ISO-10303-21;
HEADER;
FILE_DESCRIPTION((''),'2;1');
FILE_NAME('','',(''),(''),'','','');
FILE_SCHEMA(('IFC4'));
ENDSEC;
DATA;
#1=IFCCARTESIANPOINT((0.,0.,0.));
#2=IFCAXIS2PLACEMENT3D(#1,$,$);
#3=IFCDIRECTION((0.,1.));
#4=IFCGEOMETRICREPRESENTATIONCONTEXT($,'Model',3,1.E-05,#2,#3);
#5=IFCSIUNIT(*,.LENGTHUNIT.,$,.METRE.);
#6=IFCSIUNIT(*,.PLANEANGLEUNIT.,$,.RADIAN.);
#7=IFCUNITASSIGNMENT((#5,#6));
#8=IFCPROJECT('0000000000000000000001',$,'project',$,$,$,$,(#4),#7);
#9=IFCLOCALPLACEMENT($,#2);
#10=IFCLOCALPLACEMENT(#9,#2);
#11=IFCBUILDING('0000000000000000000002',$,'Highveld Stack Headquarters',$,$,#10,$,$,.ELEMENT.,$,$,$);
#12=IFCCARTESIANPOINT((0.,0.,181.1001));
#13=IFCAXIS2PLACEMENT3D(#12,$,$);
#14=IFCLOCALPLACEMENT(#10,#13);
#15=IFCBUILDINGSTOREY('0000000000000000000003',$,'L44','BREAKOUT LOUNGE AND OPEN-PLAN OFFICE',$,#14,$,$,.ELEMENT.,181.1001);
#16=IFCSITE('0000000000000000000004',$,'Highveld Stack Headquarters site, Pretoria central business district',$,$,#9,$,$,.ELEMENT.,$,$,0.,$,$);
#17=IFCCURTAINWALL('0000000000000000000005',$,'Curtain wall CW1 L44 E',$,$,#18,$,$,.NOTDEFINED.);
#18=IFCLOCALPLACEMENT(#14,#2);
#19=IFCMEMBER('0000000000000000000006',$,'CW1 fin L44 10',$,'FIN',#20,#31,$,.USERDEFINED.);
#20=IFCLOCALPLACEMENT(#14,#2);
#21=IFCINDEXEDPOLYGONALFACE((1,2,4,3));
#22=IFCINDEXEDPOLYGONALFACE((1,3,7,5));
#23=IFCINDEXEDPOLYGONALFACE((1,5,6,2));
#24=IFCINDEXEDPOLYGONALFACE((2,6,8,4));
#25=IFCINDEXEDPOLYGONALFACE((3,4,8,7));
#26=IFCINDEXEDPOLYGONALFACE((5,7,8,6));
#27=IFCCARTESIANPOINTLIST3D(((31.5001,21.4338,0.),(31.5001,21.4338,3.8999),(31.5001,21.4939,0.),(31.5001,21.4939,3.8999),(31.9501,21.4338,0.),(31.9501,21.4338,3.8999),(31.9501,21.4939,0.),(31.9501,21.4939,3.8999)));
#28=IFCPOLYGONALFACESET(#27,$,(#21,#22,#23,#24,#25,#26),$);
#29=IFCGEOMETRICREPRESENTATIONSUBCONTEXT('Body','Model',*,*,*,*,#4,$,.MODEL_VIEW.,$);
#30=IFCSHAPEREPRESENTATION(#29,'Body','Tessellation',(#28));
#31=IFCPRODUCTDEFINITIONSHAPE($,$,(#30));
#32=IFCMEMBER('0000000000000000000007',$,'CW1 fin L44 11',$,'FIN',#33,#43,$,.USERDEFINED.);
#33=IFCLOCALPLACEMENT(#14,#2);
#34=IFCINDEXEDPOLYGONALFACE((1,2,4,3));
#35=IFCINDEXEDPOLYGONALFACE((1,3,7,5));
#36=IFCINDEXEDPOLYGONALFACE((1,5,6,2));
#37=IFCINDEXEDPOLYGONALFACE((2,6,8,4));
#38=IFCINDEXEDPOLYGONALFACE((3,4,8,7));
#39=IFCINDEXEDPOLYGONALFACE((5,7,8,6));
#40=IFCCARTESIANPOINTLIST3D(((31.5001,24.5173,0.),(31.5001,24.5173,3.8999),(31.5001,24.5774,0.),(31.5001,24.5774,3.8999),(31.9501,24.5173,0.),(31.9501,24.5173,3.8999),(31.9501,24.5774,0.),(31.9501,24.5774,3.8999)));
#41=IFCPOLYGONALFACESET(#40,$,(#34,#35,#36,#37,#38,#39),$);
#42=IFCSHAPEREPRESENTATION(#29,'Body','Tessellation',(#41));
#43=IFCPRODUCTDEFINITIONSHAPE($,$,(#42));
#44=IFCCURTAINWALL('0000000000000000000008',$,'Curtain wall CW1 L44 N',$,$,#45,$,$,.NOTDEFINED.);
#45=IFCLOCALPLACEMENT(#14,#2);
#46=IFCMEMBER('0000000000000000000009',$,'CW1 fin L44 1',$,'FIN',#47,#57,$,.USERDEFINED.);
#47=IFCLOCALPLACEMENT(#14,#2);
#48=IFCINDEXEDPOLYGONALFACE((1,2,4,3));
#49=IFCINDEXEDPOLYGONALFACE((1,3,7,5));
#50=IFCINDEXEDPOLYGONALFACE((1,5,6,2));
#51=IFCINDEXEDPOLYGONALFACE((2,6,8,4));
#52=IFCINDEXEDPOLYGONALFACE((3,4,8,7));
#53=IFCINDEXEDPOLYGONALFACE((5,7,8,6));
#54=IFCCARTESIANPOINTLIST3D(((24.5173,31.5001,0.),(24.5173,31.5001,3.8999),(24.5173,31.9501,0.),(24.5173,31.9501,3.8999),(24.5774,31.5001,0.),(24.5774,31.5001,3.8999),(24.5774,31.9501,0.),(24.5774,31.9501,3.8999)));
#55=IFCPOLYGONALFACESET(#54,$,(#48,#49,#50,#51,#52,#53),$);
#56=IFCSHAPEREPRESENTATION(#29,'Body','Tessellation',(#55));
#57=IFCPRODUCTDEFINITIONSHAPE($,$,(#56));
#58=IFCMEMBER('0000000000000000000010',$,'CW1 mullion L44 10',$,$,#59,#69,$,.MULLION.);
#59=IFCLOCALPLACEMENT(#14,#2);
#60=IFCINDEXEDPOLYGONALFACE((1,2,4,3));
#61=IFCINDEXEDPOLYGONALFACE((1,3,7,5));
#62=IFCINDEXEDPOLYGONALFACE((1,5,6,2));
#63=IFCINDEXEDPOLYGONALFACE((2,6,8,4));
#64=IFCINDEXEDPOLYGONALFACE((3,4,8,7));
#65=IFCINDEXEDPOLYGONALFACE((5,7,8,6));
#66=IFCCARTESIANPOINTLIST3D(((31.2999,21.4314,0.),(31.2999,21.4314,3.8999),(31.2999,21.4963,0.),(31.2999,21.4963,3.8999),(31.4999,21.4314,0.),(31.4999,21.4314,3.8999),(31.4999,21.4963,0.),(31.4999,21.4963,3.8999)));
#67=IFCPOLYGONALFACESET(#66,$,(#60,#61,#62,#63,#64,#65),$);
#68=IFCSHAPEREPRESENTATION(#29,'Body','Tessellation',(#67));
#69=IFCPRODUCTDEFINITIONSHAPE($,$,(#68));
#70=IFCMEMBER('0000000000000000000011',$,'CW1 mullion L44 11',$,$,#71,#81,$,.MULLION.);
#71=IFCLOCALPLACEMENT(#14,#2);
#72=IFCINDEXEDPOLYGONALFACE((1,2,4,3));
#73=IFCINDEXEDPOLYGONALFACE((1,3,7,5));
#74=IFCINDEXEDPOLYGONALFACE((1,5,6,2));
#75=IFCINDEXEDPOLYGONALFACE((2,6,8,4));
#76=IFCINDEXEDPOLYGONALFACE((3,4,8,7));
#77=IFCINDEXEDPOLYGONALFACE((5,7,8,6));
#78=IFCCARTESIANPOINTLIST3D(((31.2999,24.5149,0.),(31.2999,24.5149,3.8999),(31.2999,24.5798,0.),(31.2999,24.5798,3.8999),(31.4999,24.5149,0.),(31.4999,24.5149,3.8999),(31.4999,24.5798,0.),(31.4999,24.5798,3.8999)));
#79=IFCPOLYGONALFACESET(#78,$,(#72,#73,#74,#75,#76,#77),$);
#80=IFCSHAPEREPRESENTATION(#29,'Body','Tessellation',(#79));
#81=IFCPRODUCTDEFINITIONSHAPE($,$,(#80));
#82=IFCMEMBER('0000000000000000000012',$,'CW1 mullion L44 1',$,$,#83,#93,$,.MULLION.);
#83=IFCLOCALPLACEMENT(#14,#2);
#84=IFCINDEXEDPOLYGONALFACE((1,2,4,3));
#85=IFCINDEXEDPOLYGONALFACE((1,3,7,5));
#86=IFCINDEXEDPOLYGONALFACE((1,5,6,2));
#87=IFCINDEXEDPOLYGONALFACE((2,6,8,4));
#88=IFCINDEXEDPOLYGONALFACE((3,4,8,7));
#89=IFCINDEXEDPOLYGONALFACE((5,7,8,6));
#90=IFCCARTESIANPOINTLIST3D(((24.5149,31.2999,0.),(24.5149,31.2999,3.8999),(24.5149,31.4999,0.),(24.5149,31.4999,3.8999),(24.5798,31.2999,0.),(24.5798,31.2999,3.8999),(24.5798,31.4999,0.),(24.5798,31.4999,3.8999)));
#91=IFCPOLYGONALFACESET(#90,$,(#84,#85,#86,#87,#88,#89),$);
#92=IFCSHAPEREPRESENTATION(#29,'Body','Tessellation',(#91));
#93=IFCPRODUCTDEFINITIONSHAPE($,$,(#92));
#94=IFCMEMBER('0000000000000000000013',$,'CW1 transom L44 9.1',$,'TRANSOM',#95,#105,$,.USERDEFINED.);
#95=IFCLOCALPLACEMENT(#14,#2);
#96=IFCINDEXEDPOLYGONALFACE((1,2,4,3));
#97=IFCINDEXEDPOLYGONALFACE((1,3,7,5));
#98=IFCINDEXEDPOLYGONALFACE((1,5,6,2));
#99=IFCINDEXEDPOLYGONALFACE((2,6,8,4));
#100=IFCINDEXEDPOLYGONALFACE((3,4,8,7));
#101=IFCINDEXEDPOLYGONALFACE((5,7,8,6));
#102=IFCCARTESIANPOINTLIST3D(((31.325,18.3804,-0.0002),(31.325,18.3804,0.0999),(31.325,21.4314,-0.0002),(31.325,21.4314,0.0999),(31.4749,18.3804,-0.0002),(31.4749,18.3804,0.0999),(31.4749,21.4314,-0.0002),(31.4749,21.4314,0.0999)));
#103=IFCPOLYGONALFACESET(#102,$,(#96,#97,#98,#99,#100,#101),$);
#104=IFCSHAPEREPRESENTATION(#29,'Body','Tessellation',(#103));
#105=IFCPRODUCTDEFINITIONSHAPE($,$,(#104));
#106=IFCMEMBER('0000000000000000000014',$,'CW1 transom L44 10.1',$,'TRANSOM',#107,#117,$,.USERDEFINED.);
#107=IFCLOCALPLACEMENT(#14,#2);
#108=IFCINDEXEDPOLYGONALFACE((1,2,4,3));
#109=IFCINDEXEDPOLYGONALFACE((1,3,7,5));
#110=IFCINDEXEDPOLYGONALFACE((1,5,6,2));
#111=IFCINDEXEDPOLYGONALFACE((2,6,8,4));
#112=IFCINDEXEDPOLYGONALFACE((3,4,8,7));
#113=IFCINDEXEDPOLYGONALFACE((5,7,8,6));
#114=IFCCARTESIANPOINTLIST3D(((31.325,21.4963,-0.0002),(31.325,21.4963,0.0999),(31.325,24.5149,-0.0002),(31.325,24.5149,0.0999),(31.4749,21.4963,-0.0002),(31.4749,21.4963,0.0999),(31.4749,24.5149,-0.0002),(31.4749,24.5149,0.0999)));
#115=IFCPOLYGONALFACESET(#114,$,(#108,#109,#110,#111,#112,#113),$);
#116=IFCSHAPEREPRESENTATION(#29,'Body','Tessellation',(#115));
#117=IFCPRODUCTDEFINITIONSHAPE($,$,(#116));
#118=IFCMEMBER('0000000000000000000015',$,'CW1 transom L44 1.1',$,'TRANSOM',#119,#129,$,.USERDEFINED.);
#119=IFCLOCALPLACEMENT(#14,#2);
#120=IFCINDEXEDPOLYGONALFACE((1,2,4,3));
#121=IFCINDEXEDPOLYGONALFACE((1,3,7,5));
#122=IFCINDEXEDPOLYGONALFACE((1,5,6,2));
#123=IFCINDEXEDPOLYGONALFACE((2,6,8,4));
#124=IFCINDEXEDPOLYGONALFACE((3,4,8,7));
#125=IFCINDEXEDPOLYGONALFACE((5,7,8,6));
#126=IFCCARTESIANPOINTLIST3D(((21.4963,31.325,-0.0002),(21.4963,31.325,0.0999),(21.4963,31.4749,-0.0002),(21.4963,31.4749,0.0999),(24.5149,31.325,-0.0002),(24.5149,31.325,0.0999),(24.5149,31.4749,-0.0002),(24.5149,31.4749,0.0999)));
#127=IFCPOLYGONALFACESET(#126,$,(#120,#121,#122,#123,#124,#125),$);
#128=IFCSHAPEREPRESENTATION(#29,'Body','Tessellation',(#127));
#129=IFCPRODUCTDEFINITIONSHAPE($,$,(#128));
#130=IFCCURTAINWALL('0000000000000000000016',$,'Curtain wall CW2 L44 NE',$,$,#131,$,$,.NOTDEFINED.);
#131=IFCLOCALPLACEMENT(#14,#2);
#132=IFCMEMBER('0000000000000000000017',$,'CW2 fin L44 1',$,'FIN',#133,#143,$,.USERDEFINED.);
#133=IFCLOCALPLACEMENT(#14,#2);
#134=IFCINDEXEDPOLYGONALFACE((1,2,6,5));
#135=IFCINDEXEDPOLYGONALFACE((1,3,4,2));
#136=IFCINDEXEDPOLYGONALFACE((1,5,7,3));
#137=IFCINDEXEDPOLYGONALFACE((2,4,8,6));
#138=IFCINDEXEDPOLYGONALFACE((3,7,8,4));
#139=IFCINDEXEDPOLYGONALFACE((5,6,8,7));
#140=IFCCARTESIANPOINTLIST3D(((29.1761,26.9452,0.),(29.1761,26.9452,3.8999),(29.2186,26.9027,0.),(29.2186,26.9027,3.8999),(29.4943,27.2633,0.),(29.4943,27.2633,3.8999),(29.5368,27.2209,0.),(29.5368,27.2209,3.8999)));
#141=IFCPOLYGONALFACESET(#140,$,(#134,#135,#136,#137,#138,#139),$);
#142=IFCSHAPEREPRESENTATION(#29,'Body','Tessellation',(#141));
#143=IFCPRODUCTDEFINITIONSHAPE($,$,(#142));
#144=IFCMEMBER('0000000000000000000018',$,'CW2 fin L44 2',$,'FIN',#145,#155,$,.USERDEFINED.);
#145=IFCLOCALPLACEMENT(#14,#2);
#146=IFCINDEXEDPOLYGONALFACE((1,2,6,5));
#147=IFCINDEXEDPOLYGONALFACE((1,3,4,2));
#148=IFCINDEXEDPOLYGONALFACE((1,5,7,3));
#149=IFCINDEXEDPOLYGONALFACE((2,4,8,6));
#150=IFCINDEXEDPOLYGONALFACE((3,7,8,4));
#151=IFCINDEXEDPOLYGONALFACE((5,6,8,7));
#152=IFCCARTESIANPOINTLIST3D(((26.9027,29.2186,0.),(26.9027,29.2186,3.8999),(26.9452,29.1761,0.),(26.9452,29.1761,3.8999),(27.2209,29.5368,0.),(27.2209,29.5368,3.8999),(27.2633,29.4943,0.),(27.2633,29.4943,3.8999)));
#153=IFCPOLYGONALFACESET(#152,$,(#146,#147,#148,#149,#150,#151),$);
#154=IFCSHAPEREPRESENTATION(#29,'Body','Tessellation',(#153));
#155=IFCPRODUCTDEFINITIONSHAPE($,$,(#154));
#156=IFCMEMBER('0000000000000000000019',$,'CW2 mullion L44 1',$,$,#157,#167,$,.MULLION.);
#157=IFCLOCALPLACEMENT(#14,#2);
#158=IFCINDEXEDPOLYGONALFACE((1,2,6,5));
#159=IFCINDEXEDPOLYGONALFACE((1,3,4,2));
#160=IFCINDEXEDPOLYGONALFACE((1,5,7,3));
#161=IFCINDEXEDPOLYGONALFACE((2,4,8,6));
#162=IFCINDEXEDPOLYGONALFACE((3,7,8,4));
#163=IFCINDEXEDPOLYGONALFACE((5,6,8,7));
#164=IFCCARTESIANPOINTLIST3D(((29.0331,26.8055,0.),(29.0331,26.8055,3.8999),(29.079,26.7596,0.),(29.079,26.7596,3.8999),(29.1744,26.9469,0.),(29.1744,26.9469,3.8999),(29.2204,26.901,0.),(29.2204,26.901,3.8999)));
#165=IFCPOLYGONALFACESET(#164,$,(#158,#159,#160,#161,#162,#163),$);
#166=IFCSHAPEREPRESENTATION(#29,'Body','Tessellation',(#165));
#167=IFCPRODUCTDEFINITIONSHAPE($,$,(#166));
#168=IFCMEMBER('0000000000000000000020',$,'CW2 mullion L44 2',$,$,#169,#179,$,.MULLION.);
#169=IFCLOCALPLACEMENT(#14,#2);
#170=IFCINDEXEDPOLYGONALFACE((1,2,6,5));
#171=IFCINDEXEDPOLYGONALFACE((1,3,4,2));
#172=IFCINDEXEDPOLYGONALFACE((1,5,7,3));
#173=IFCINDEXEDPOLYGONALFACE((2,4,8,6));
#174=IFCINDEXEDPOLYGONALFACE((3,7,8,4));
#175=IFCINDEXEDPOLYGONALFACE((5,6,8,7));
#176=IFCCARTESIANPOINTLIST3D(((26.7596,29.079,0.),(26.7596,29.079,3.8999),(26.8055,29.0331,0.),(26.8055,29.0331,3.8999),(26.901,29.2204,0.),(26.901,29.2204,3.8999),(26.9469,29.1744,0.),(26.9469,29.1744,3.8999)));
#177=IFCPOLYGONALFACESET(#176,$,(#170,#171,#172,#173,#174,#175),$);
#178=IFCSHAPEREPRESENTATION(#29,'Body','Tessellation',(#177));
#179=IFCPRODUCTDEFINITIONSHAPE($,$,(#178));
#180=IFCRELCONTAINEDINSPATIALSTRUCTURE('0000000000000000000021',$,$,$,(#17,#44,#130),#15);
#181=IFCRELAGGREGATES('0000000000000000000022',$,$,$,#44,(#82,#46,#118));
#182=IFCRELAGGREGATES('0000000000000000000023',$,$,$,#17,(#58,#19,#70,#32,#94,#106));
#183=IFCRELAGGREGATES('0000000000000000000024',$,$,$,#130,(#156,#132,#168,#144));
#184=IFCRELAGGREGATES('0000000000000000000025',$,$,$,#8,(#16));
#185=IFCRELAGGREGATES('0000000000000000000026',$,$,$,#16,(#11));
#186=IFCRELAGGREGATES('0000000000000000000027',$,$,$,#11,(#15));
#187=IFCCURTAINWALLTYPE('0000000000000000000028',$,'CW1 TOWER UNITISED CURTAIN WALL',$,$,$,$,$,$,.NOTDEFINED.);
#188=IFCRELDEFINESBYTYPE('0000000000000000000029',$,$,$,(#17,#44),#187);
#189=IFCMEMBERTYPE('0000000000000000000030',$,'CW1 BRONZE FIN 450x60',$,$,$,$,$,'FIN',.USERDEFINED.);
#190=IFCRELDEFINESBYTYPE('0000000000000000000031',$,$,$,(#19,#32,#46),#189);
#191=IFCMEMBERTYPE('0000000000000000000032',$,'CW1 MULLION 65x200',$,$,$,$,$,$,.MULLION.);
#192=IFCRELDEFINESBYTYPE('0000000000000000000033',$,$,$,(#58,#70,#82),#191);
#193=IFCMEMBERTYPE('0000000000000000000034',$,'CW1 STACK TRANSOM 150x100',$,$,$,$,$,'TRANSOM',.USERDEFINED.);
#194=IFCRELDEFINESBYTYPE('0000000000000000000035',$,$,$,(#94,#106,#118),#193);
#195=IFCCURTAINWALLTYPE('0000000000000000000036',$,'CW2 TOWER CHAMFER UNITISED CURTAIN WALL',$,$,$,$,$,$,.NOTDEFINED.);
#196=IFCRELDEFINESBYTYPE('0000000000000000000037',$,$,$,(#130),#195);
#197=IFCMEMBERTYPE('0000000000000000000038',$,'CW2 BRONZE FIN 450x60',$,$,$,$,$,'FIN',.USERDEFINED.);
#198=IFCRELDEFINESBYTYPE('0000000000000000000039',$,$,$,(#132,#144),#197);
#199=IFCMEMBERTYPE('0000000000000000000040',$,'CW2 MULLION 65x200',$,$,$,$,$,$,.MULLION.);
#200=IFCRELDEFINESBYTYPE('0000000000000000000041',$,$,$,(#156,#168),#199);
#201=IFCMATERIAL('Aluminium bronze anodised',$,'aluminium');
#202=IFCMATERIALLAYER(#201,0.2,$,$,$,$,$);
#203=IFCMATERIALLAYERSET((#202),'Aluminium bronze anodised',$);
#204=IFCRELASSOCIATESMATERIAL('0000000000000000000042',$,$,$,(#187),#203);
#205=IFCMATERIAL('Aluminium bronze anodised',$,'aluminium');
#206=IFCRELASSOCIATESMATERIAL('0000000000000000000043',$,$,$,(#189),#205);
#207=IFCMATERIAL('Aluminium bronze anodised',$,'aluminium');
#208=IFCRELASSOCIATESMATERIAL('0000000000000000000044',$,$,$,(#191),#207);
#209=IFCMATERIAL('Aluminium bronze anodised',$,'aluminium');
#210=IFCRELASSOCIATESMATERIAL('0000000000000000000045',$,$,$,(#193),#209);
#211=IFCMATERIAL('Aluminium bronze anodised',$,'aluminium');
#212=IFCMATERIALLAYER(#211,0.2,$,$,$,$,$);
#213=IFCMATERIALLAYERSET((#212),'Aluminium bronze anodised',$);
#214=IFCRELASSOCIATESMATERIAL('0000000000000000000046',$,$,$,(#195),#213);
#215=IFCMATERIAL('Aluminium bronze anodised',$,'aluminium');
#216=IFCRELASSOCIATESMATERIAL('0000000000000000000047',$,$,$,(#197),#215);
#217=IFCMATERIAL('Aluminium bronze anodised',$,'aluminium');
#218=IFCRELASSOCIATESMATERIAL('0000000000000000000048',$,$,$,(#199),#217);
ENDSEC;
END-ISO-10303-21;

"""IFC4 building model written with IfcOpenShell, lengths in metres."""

from ifc_helpers import new_model, si_unit, direction, frame, origin, origin_2d, place, context, subcontext, project, spatial, rectangle, extrude, material, layer, layer_set, material_profile, profile_set, type_object, element, aggregate, save


model = new_model("IFC4")

# Units and contexts
model_context = context("Model", 3, precision=1e-05, world=origin(), true_north=direction((0.0, 1.0)))
body_context = subcontext(model_context, "Body", "Model", "MODEL_VIEW")
ifc_project = project(units=[si_unit("LENGTHUNIT", "METRE"), si_unit("PLANEANGLEUNIT", "RADIAN")], contexts=[model_context])

# Site, building, storey
site_placement = place(None, origin())
site = spatial("IfcSite", under=ifc_project, at=site_placement, Name="Highveld Stack Headquarters site, Pretoria central business district", CompositionType="ELEMENT", RefElevation=0.0)
building_placement = place(site_placement, origin())
building = spatial("IfcBuilding", under=site, at=building_placement, Name="Highveld Stack Headquarters", CompositionType="ELEMENT")
storey_placement = place(building_placement, frame((0.0, 0.0, 181.1001)))
storey = spatial("IfcBuildingStorey", under=building, at=storey_placement, Name="L44", Description="BREAKOUT LOUNGE AND OPEN-PLAN OFFICE", CompositionType="ELEMENT", Elevation=181.1001)

# Curtain wall, members
ifc_material_1 = material(Name="Aluminium bronze anodised", Category="aluminium")
ifc_layer_1 = layer(ifc_material_1, 0.2)
ifc_layer_set_1 = layer_set([ifc_layer_1], Name="Aluminium bronze anodised")
curtain_wall_type_1 = type_object("IfcCurtainWallType", Name="CW1 TOWER UNITISED CURTAIN WALL", PredefinedType="NOTDEFINED", material=ifc_layer_set_1)
curtain_wall_1_placement = place(storey_placement, origin())
curtain_wall_1 = element("IfcCurtainWall", 1, at=curtain_wall_1_placement, inside=storey, type_object=curtain_wall_type_1, Name="Curtain wall CW1 L44 E", PredefinedType="NOTDEFINED")
ifc_material_2 = material(Name="Aluminium bronze anodised", Category="aluminium")
ifc_material_profile_1 = material_profile(ifc_material_2, rectangle(XDim=0.45, YDim=0.0601, at=origin_2d()), Name="FIN 450x60")
ifc_profile_set_1 = profile_set([ifc_material_profile_1], Name="Aluminium bronze anodised")
member_type_1 = type_object("IfcMemberType", Name="CW1 BRONZE FIN 450x60", ElementType="FIN", PredefinedType="USERDEFINED", material=ifc_profile_set_1)
member_1_placement = place(storey_placement, frame((31.7251, 21.4639, 0.0), z_axis=(0.0, 0.0, 1.0), x_axis=(-1.0, 0.0, 0.0)))
member_1 = element("IfcMember", 2, at=member_1_placement, type_object=member_type_1, Name="CW1 fin L44 10", ObjectType="FIN", PredefinedType="USERDEFINED", context=body_context, shape_type="SweptSolid", body=[
    extrude(rectangle(XDim=0.45, YDim=0.0601, at=origin_2d()), origin(), (0.0, 0.0, 1.0), 3.8999),
])
member_2_placement = place(storey_placement, frame((31.7251, 24.5474, 0.0), z_axis=(0.0, 0.0, 1.0), x_axis=(-1.0, 0.0, 0.0)))
member_2 = element("IfcMember", 3, at=member_2_placement, type_object=member_type_1, Name="CW1 fin L44 11", ObjectType="FIN", PredefinedType="USERDEFINED", context=body_context, shape_type="SweptSolid", body=[
    extrude(rectangle(XDim=0.45, YDim=0.0601, at=origin_2d()), origin(), (0.0, 0.0, 1.0), 3.8999),
])

# Curtain wall, member
curtain_wall_2_placement = place(storey_placement, origin())
curtain_wall_2 = element("IfcCurtainWall", 4, at=curtain_wall_2_placement, inside=storey, type_object=curtain_wall_type_1, Name="Curtain wall CW1 L44 N", PredefinedType="NOTDEFINED")
member_3_placement = place(storey_placement, frame((24.5474, 31.7251, 0.0), z_axis=(0.0, 0.0, 1.0), x_axis=(0.0, -1.0, 0.0)))
member_3 = element("IfcMember", 5, at=member_3_placement, type_object=member_type_1, Name="CW1 fin L44 1", ObjectType="FIN", PredefinedType="USERDEFINED", context=body_context, shape_type="SweptSolid", body=[
    extrude(rectangle(XDim=0.45, YDim=0.0601, at=origin_2d()), origin(), (0.0, 0.0, 1.0), 3.8999),
])

# Members
ifc_material_3 = material(Name="Aluminium bronze anodised", Category="aluminium")
ifc_material_profile_2 = material_profile(ifc_material_3, rectangle(XDim=0.2, YDim=0.0649, at=origin_2d()), Name="CW1 MULLION 65x200")
ifc_profile_set_2 = profile_set([ifc_material_profile_2], Name="Aluminium bronze anodised")
member_type_2 = type_object("IfcMemberType", Name="CW1 MULLION 65x200", PredefinedType="MULLION", material=ifc_profile_set_2)
member_4_placement = place(storey_placement, frame((31.3999, 21.4639, 0.0), z_axis=(0.0, 0.0, 1.0), x_axis=(-1.0, 0.0, 0.0)))
member_4 = element("IfcMember", 6, at=member_4_placement, type_object=member_type_2, Name="CW1 mullion L44 10", PredefinedType="MULLION", context=body_context, shape_type="SweptSolid", body=[
    extrude(rectangle(XDim=0.2, YDim=0.0649, at=origin_2d()), origin(), (0.0, 0.0, 1.0), 3.8999),
])
member_5_placement = place(storey_placement, frame((31.3999, 24.5474, 0.0), z_axis=(0.0, 0.0, 1.0), x_axis=(-1.0, 0.0, 0.0)))
member_5 = element("IfcMember", 7, at=member_5_placement, type_object=member_type_2, Name="CW1 mullion L44 11", PredefinedType="MULLION", context=body_context, shape_type="SweptSolid", body=[
    extrude(rectangle(XDim=0.2, YDim=0.0649, at=origin_2d()), origin(), (0.0, 0.0, 1.0), 3.8999),
])
member_6_placement = place(storey_placement, frame((24.5474, 31.3999, 0.0), z_axis=(0.0, 0.0, 1.0), x_axis=(0.0, -1.0, 0.0)))
member_6 = element("IfcMember", 8, at=member_6_placement, type_object=member_type_2, Name="CW1 mullion L44 1", PredefinedType="MULLION", context=body_context, shape_type="SweptSolid", body=[
    extrude(rectangle(XDim=0.2, YDim=0.0649, at=origin_2d()), origin(), (0.0, 0.0, 1.0), 3.8999),
])
ifc_material_4 = material(Name="Aluminium bronze anodised", Category="aluminium")
ifc_material_profile_3 = material_profile(ifc_material_4, rectangle(XDim=0.1499, YDim=0.1001, at=origin_2d()), Name="CW1 TRANSOM 150x100")
ifc_profile_set_3 = profile_set([ifc_material_profile_3], Name="Aluminium bronze anodised")
member_type_3 = type_object("IfcMemberType", Name="CW1 STACK TRANSOM 150x100", ElementType="TRANSOM", PredefinedType="USERDEFINED", material=ifc_profile_set_3)
member_7_placement = place(storey_placement, frame((31.3999, 18.3804, 0.0498), z_axis=(0.0, 1.0, 0.0), x_axis=(-1.0, 0.0, 0.0)))
member_7 = element("IfcMember", 9, at=member_7_placement, type_object=member_type_3, Name="CW1 transom L44 9.1", ObjectType="TRANSOM", PredefinedType="USERDEFINED", context=body_context, shape_type="SweptSolid", body=[
    extrude(rectangle(XDim=0.1499, YDim=0.1001, at=origin_2d()), origin(), (0.0, 0.0, 1.0), 3.051),
])
member_8_placement = place(storey_placement, frame((31.3999, 21.4963, 0.0498), z_axis=(0.0, 1.0, 0.0), x_axis=(-1.0, 0.0, 0.0)))
member_8 = element("IfcMember", 10, at=member_8_placement, type_object=member_type_3, Name="CW1 transom L44 10.1", ObjectType="TRANSOM", PredefinedType="USERDEFINED", context=body_context, shape_type="SweptSolid", body=[
    extrude(rectangle(XDim=0.1499, YDim=0.1001, at=origin_2d()), origin(), (0.0, 0.0, 1.0), 3.0186),
])
member_9_placement = place(storey_placement, frame((24.5149, 31.3999, 0.0498), z_axis=(-1.0, 0.0, 0.0), x_axis=(0.0, -1.0, 0.0)))
member_9 = element("IfcMember", 11, at=member_9_placement, type_object=member_type_3, Name="CW1 transom L44 1.1", ObjectType="TRANSOM", PredefinedType="USERDEFINED", context=body_context, shape_type="SweptSolid", body=[
    extrude(rectangle(XDim=0.1499, YDim=0.1001, at=origin_2d()), origin(), (0.0, 0.0, 1.0), 3.0186),
])
aggregate(curtain_wall_2, [member_6, member_3, member_9])

# Curtain wall, members
ifc_material_5 = material(Name="Aluminium bronze anodised", Category="aluminium")
ifc_layer_2 = layer(ifc_material_5, 0.2)
ifc_layer_set_2 = layer_set([ifc_layer_2], Name="Aluminium bronze anodised")
curtain_wall_type_2 = type_object("IfcCurtainWallType", Name="CW2 TOWER CHAMFER UNITISED CURTAIN WALL", PredefinedType="NOTDEFINED", material=ifc_layer_set_2)
curtain_wall_3_placement = place(storey_placement, origin())
curtain_wall_3 = element("IfcCurtainWall", 12, at=curtain_wall_3_placement, inside=storey, type_object=curtain_wall_type_2, Name="Curtain wall CW2 L44 NE", PredefinedType="NOTDEFINED")
ifc_material_6 = material(Name="Aluminium bronze anodised", Category="aluminium")
ifc_material_profile_4 = material_profile(ifc_material_6, rectangle(XDim=0.45, YDim=0.0601, at=origin_2d()), Name="FIN 450x60")
ifc_profile_set_4 = profile_set([ifc_material_profile_4], Name="Aluminium bronze anodised")
member_type_4 = type_object("IfcMemberType", Name="CW2 BRONZE FIN 450x60", ElementType="FIN", PredefinedType="USERDEFINED", material=ifc_profile_set_4)
member_10_placement = place(storey_placement, frame((29.3564, 27.083, 0.0), z_axis=(0.0, 0.0, 1.0), x_axis=(-0.707107, -0.707107, 0.0)))
member_10 = element("IfcMember", 13, at=member_10_placement, type_object=member_type_4, Name="CW2 fin L44 1", ObjectType="FIN", PredefinedType="USERDEFINED", context=body_context, shape_type="SweptSolid", body=[
    extrude(rectangle(XDim=0.45, YDim=0.0601, at=origin_2d()), origin(), (0.0, 0.0, 1.0), 3.8999),
])
member_11_placement = place(storey_placement, frame((27.083, 29.3564, 0.0), z_axis=(0.0, 0.0, 1.0), x_axis=(-0.707107, -0.707107, 0.0)))
member_11 = element("IfcMember", 14, at=member_11_placement, type_object=member_type_4, Name="CW2 fin L44 2", ObjectType="FIN", PredefinedType="USERDEFINED", context=body_context, shape_type="SweptSolid", body=[
    extrude(rectangle(XDim=0.45, YDim=0.0601, at=origin_2d()), origin(), (0.0, 0.0, 1.0), 3.8999),
])
ifc_material_7 = material(Name="Aluminium bronze anodised", Category="aluminium")
ifc_material_profile_5 = material_profile(ifc_material_7, rectangle(XDim=0.2, YDim=0.0649, at=origin_2d()), Name="CW2 MULLION 65x200")
ifc_profile_set_5 = profile_set([ifc_material_profile_5], Name="Aluminium bronze anodised")
member_type_5 = type_object("IfcMemberType", Name="CW2 MULLION 65x200", PredefinedType="MULLION", material=ifc_profile_set_5)
member_12_placement = place(storey_placement, frame((29.1267, 26.8533, 0.0), z_axis=(0.0, 0.0, 1.0), x_axis=(-0.707107, -0.707107, 0.0)))
member_12 = element("IfcMember", 15, at=member_12_placement, type_object=member_type_5, Name="CW2 mullion L44 1", PredefinedType="MULLION", context=body_context, shape_type="SweptSolid", body=[
    extrude(rectangle(XDim=0.2, YDim=0.0649, at=origin_2d()), origin(), (0.0, 0.0, 1.0), 3.8999),
])
member_13_placement = place(storey_placement, frame((26.8533, 29.1267, 0.0), z_axis=(0.0, 0.0, 1.0), x_axis=(-0.707107, -0.707107, 0.0)))
member_13 = element("IfcMember", 16, at=member_13_placement, type_object=member_type_5, Name="CW2 mullion L44 2", PredefinedType="MULLION", context=body_context, shape_type="SweptSolid", body=[
    extrude(rectangle(XDim=0.2, YDim=0.0649, at=origin_2d()), origin(), (0.0, 0.0, 1.0), 3.8999),
])

aggregate(curtain_wall_1, [member_4, member_1, member_5, member_2, member_7, member_8])
aggregate(curtain_wall_3, [member_12, member_10, member_13, member_11])

save(model, "model.ifc")
